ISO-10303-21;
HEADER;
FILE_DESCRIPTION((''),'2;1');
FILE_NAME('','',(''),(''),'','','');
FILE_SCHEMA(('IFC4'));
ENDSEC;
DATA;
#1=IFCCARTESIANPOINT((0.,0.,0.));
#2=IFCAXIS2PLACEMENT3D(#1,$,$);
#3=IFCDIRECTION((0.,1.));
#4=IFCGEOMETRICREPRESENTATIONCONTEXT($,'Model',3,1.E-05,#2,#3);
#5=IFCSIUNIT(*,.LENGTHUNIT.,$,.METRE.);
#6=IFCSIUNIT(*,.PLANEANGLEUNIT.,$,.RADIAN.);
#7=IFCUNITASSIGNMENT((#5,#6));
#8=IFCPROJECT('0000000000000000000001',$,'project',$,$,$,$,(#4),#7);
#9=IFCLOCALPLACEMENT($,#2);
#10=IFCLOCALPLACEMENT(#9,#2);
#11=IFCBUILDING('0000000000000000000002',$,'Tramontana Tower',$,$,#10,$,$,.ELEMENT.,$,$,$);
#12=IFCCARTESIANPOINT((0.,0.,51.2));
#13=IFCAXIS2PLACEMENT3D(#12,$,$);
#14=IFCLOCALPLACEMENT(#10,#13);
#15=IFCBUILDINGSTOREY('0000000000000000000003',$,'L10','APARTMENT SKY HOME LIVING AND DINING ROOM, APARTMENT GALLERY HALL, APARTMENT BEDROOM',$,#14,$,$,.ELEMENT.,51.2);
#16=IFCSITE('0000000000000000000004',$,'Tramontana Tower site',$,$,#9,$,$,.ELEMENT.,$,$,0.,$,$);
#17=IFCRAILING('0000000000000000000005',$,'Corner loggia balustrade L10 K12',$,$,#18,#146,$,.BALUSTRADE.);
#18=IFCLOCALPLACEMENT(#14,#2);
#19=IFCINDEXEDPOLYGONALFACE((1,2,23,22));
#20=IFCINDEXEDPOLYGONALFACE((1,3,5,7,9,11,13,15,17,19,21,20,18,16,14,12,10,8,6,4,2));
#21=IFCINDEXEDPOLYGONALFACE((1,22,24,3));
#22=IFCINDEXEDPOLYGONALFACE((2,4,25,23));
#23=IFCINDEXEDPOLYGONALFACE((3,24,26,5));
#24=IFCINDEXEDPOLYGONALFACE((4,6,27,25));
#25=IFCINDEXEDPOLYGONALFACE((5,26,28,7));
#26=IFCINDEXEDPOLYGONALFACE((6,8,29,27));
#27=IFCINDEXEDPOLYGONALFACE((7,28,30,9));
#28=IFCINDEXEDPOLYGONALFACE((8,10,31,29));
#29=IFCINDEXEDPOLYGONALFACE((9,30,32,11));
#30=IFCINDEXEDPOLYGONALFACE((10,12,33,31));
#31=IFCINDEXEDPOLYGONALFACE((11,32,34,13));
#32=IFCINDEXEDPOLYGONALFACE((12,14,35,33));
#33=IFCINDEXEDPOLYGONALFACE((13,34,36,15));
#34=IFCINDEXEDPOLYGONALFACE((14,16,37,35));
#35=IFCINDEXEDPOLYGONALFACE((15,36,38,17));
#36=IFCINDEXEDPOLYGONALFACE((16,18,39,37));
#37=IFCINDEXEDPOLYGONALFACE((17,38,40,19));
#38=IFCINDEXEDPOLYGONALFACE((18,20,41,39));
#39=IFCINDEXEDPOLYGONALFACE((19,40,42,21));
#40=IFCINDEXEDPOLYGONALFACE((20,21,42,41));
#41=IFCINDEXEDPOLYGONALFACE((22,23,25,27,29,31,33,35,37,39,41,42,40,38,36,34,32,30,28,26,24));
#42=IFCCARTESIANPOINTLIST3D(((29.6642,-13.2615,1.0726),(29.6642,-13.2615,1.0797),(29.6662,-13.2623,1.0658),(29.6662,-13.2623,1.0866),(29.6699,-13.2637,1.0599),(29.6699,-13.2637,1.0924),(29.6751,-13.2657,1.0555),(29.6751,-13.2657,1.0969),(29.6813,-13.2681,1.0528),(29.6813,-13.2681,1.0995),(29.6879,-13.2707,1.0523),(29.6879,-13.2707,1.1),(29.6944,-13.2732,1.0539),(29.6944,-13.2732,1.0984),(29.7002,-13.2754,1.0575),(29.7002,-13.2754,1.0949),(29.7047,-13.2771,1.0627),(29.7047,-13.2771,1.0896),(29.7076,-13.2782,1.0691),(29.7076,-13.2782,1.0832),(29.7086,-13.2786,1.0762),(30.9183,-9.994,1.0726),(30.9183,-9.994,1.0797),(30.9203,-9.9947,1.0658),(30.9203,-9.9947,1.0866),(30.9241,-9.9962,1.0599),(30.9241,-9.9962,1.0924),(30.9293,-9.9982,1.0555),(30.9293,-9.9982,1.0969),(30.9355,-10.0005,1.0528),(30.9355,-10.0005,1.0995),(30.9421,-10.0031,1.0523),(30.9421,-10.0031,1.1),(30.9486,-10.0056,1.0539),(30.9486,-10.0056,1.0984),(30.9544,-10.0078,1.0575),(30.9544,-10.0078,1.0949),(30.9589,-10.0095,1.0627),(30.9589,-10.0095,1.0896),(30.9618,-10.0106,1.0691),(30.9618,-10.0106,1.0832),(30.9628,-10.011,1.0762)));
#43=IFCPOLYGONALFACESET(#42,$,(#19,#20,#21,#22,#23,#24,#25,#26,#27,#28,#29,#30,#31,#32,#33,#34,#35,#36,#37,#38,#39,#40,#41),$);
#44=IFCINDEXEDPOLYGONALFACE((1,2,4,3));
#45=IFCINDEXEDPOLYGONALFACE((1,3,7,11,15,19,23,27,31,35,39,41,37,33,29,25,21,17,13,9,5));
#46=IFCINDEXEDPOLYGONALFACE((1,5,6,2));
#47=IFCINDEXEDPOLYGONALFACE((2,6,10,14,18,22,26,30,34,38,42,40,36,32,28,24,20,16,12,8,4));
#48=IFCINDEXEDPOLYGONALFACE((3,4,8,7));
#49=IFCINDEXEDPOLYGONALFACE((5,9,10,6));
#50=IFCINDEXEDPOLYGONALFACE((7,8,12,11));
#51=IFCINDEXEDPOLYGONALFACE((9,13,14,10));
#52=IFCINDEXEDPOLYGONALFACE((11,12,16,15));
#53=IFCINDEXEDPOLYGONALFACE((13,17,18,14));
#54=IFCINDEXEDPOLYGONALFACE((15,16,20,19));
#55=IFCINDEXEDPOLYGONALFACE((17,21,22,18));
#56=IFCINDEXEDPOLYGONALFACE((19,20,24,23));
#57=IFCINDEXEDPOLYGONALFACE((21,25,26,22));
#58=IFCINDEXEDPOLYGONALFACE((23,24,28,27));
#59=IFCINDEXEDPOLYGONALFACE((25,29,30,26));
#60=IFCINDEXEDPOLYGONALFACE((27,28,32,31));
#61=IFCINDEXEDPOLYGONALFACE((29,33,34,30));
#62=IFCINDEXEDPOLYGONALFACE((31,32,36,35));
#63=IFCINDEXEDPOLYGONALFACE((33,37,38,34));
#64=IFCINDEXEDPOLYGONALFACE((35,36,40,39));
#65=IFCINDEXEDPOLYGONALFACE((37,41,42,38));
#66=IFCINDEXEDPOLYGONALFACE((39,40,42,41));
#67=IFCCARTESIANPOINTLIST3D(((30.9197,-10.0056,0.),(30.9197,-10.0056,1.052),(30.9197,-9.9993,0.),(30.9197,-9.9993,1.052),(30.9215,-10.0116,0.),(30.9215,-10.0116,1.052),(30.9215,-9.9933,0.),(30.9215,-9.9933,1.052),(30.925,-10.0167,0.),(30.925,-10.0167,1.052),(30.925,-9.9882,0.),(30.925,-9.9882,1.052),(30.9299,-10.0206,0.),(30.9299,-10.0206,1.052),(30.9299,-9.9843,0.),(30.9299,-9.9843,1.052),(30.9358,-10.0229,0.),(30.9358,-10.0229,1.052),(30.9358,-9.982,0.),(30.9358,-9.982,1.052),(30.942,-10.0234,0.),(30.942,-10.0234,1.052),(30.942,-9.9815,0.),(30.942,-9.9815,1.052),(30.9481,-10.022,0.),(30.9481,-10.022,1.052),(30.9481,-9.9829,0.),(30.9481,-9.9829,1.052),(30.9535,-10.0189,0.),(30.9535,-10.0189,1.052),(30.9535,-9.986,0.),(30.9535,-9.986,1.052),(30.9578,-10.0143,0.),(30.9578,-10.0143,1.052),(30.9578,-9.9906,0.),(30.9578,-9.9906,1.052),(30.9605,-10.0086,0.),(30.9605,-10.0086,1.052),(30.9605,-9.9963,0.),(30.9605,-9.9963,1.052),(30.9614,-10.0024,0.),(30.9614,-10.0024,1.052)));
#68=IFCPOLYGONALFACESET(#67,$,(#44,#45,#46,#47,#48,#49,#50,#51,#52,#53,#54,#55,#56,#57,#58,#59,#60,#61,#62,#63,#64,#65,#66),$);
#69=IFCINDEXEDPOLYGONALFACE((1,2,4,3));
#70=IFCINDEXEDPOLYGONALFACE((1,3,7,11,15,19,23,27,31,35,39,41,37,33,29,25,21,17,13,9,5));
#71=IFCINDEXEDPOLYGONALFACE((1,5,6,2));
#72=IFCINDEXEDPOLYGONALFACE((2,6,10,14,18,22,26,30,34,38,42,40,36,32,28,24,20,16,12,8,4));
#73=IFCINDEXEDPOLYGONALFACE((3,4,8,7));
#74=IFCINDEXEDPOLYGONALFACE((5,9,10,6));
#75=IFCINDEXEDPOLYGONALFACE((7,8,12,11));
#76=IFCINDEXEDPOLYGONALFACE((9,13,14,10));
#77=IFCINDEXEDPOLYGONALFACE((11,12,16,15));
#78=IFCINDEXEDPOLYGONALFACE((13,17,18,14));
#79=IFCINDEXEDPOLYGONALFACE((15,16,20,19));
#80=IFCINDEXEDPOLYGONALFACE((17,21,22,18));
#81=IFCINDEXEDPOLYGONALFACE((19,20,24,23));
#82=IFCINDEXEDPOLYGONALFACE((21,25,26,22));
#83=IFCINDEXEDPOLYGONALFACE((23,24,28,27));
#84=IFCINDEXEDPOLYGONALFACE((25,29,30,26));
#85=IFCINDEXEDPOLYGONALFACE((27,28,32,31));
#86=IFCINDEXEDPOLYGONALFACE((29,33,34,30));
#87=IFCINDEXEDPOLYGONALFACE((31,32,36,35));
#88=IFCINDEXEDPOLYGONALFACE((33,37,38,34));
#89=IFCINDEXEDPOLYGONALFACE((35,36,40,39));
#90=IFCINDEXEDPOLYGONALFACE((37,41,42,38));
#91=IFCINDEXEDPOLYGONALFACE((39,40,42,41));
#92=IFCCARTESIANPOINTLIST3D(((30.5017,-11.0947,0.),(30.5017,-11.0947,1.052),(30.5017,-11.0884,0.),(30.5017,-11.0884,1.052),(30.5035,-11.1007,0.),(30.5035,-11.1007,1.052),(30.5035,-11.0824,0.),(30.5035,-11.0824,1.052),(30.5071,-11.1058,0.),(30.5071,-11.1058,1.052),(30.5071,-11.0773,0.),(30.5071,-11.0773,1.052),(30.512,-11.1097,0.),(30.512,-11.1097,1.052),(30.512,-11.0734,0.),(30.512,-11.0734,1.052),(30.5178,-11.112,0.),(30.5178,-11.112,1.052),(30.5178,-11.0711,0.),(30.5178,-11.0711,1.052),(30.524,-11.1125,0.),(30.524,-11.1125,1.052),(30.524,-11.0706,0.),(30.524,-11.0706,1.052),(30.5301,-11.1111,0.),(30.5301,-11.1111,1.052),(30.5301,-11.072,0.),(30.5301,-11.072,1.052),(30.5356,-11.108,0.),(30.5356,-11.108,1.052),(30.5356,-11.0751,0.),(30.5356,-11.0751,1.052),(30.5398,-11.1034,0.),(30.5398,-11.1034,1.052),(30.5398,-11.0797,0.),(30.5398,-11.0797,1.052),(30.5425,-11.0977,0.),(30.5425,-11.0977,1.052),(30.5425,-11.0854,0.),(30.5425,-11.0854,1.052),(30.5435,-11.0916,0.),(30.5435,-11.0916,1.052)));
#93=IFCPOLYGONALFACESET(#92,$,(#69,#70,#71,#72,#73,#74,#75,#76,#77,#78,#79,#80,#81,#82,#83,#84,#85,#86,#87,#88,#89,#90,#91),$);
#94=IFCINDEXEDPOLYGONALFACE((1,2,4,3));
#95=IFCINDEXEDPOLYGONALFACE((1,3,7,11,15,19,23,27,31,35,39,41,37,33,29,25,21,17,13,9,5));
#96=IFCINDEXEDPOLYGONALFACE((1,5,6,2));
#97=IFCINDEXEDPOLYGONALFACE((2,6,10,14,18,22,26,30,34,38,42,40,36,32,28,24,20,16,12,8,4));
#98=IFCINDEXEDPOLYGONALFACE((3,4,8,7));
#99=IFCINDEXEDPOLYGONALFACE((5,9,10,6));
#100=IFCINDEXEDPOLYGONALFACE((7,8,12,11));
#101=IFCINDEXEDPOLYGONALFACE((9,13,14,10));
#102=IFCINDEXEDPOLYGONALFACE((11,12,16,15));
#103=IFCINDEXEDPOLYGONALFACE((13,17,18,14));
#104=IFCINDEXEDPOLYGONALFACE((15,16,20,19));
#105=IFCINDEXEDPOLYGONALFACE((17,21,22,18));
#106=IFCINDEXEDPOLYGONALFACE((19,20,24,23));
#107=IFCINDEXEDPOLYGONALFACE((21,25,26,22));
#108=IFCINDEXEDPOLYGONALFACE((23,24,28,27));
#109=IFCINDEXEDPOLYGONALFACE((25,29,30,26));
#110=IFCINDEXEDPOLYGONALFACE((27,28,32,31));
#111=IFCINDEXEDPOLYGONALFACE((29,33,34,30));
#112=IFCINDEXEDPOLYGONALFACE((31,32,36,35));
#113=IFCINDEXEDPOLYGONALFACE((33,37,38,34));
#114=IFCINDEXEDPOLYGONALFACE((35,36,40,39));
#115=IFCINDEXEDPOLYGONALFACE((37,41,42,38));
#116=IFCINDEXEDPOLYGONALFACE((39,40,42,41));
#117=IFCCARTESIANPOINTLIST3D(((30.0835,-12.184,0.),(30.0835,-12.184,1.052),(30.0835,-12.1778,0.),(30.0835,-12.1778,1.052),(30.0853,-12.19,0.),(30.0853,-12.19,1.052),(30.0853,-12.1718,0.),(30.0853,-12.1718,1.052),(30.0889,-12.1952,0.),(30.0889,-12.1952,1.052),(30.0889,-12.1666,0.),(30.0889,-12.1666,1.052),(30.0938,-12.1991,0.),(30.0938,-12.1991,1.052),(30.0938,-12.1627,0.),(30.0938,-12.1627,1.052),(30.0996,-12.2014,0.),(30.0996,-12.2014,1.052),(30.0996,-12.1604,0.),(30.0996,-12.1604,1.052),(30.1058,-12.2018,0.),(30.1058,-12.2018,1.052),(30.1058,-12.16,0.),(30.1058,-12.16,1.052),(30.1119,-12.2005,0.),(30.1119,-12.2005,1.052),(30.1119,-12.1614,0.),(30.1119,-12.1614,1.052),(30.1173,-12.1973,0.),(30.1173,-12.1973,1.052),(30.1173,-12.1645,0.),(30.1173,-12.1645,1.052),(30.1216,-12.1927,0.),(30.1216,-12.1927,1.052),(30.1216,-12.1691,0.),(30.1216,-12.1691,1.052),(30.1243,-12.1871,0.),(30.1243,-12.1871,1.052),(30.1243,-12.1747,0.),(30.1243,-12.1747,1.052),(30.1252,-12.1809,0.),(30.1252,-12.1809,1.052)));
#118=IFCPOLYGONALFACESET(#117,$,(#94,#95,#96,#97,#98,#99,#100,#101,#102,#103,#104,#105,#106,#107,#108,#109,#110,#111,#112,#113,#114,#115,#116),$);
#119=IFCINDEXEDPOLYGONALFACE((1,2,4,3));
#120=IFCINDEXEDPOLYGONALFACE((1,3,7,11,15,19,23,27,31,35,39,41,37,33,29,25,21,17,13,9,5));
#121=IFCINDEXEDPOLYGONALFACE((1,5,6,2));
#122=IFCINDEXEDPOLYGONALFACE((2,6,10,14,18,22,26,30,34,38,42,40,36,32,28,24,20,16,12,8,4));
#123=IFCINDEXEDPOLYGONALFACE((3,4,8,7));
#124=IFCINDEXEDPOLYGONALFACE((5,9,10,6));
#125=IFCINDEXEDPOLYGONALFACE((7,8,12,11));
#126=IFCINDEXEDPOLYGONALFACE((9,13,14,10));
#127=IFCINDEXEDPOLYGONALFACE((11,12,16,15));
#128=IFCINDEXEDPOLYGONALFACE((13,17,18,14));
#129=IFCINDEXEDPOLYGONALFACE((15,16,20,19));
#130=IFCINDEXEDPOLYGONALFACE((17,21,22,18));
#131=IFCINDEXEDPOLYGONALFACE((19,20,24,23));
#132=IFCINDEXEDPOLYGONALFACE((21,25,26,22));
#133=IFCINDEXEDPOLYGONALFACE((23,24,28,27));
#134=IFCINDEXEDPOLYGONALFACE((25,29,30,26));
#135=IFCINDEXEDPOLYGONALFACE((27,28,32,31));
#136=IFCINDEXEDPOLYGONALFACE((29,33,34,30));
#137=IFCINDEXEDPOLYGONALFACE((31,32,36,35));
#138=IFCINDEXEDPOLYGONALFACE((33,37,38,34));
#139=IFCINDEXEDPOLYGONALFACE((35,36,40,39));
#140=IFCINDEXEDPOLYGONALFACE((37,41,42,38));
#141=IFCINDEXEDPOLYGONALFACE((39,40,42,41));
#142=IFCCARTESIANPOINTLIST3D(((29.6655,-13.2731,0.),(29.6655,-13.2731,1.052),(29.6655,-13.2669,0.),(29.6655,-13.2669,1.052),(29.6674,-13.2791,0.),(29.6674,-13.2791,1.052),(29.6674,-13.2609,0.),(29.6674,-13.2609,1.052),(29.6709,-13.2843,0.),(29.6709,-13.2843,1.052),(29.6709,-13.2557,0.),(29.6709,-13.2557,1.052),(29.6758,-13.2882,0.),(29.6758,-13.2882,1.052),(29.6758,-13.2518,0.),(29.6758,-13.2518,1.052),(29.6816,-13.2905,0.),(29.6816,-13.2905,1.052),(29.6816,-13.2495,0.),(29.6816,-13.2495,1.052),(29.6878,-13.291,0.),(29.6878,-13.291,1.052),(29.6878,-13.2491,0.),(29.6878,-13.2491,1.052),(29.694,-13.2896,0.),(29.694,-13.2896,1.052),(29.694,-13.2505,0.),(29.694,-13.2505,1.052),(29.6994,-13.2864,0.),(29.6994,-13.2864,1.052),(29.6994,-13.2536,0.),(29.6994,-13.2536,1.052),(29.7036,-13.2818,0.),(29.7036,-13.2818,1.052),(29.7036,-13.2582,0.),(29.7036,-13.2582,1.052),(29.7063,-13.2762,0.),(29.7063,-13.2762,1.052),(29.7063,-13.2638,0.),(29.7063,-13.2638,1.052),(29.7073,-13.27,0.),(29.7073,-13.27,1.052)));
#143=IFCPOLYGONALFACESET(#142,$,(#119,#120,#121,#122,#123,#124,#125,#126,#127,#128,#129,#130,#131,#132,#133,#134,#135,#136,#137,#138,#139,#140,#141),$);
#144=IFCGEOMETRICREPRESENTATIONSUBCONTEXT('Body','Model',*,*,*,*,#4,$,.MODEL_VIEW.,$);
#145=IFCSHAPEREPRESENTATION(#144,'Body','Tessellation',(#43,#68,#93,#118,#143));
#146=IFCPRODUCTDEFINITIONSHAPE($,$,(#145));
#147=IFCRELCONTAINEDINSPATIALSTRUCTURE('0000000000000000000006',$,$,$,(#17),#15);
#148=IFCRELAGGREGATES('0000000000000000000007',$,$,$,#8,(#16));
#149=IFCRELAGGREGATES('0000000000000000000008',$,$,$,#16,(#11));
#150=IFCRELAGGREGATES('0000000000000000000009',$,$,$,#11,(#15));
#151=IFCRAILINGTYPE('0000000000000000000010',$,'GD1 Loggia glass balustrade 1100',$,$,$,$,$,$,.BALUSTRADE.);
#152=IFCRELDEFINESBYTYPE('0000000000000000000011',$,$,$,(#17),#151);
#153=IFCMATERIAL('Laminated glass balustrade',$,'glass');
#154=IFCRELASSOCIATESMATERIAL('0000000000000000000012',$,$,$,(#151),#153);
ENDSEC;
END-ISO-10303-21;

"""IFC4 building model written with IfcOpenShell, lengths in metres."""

from ifc_helpers import new_model, si_unit, direction, frame, origin, origin_2d, place, context, subcontext, project, spatial, circle, extrude, material, type_object, element, save


model = new_model("IFC4")

# Units and contexts
model_context = context("Model", 3, precision=1e-05, world=origin(), true_north=direction((0.0, 1.0)))
body_context = subcontext(model_context, "Body", "Model", "MODEL_VIEW")
ifc_project = project(units=[si_unit("LENGTHUNIT", "METRE"), si_unit("PLANEANGLEUNIT", "RADIAN")], contexts=[model_context])

# Site, building, storey
site_placement = place(None, origin())
site = spatial("IfcSite", under=ifc_project, at=site_placement, Name="Tramontana Tower site", CompositionType="ELEMENT", RefElevation=0.0)
building_placement = place(site_placement, origin())
building = spatial("IfcBuilding", under=site, at=building_placement, Name="Tramontana Tower", CompositionType="ELEMENT")
storey_placement = place(building_placement, frame((0.0, 0.0, 51.2)))
storey = spatial("IfcBuildingStorey", under=building, at=storey_placement, Name="L10", Description="APARTMENT SKY HOME LIVING AND DINING ROOM, APARTMENT GALLERY HALL, APARTMENT BEDROOM", CompositionType="ELEMENT", Elevation=51.2)

# Railing
ifc_material_1 = material(Name="Laminated glass balustrade", Category="glass")
railing_type = type_object("IfcRailingType", Name="GD1 Loggia glass balustrade 1100", PredefinedType="BALUSTRADE", material=ifc_material_1)
railing_1_placement = place(storey_placement, frame((30.9404, -10.0024, 0.0)))
element("IfcRailing", 1, at=railing_1_placement, inside=storey, type_object=railing_type, Name="Corner loggia balustrade L10 K12", PredefinedType="BALUSTRADE", context=body_context, shape_type="SweptSolid", body=[
    extrude(circle(Radius=0.0239, at=origin_2d()), frame((0.0, 0.0, 1.0762), z_axis=(-0.358329, -0.933595, 0.0), x_axis=(0.933595, -0.358329, 0.0)), (0.0, 0.0, 1.0), 3.5),
    extrude(circle(Radius=0.021, at=origin_2d()), origin(), (0.0, 0.0, 1.0), 1.052),
    extrude(circle(Radius=0.021, at=origin_2d()), frame((-0.418, -1.0891, 0.0)), (0.0, 0.0, 1.0), 1.052),
    extrude(circle(Radius=0.021, at=origin_2d()), frame((-0.8362, -2.1785, 0.0)), (0.0, 0.0, 1.0), 1.052),
    extrude(circle(Radius=0.021, at=origin_2d()), frame((-1.2542, -3.2676, 0.0)), (0.0, 0.0, 1.0), 1.052),
])

save(model, "model.ifc")
